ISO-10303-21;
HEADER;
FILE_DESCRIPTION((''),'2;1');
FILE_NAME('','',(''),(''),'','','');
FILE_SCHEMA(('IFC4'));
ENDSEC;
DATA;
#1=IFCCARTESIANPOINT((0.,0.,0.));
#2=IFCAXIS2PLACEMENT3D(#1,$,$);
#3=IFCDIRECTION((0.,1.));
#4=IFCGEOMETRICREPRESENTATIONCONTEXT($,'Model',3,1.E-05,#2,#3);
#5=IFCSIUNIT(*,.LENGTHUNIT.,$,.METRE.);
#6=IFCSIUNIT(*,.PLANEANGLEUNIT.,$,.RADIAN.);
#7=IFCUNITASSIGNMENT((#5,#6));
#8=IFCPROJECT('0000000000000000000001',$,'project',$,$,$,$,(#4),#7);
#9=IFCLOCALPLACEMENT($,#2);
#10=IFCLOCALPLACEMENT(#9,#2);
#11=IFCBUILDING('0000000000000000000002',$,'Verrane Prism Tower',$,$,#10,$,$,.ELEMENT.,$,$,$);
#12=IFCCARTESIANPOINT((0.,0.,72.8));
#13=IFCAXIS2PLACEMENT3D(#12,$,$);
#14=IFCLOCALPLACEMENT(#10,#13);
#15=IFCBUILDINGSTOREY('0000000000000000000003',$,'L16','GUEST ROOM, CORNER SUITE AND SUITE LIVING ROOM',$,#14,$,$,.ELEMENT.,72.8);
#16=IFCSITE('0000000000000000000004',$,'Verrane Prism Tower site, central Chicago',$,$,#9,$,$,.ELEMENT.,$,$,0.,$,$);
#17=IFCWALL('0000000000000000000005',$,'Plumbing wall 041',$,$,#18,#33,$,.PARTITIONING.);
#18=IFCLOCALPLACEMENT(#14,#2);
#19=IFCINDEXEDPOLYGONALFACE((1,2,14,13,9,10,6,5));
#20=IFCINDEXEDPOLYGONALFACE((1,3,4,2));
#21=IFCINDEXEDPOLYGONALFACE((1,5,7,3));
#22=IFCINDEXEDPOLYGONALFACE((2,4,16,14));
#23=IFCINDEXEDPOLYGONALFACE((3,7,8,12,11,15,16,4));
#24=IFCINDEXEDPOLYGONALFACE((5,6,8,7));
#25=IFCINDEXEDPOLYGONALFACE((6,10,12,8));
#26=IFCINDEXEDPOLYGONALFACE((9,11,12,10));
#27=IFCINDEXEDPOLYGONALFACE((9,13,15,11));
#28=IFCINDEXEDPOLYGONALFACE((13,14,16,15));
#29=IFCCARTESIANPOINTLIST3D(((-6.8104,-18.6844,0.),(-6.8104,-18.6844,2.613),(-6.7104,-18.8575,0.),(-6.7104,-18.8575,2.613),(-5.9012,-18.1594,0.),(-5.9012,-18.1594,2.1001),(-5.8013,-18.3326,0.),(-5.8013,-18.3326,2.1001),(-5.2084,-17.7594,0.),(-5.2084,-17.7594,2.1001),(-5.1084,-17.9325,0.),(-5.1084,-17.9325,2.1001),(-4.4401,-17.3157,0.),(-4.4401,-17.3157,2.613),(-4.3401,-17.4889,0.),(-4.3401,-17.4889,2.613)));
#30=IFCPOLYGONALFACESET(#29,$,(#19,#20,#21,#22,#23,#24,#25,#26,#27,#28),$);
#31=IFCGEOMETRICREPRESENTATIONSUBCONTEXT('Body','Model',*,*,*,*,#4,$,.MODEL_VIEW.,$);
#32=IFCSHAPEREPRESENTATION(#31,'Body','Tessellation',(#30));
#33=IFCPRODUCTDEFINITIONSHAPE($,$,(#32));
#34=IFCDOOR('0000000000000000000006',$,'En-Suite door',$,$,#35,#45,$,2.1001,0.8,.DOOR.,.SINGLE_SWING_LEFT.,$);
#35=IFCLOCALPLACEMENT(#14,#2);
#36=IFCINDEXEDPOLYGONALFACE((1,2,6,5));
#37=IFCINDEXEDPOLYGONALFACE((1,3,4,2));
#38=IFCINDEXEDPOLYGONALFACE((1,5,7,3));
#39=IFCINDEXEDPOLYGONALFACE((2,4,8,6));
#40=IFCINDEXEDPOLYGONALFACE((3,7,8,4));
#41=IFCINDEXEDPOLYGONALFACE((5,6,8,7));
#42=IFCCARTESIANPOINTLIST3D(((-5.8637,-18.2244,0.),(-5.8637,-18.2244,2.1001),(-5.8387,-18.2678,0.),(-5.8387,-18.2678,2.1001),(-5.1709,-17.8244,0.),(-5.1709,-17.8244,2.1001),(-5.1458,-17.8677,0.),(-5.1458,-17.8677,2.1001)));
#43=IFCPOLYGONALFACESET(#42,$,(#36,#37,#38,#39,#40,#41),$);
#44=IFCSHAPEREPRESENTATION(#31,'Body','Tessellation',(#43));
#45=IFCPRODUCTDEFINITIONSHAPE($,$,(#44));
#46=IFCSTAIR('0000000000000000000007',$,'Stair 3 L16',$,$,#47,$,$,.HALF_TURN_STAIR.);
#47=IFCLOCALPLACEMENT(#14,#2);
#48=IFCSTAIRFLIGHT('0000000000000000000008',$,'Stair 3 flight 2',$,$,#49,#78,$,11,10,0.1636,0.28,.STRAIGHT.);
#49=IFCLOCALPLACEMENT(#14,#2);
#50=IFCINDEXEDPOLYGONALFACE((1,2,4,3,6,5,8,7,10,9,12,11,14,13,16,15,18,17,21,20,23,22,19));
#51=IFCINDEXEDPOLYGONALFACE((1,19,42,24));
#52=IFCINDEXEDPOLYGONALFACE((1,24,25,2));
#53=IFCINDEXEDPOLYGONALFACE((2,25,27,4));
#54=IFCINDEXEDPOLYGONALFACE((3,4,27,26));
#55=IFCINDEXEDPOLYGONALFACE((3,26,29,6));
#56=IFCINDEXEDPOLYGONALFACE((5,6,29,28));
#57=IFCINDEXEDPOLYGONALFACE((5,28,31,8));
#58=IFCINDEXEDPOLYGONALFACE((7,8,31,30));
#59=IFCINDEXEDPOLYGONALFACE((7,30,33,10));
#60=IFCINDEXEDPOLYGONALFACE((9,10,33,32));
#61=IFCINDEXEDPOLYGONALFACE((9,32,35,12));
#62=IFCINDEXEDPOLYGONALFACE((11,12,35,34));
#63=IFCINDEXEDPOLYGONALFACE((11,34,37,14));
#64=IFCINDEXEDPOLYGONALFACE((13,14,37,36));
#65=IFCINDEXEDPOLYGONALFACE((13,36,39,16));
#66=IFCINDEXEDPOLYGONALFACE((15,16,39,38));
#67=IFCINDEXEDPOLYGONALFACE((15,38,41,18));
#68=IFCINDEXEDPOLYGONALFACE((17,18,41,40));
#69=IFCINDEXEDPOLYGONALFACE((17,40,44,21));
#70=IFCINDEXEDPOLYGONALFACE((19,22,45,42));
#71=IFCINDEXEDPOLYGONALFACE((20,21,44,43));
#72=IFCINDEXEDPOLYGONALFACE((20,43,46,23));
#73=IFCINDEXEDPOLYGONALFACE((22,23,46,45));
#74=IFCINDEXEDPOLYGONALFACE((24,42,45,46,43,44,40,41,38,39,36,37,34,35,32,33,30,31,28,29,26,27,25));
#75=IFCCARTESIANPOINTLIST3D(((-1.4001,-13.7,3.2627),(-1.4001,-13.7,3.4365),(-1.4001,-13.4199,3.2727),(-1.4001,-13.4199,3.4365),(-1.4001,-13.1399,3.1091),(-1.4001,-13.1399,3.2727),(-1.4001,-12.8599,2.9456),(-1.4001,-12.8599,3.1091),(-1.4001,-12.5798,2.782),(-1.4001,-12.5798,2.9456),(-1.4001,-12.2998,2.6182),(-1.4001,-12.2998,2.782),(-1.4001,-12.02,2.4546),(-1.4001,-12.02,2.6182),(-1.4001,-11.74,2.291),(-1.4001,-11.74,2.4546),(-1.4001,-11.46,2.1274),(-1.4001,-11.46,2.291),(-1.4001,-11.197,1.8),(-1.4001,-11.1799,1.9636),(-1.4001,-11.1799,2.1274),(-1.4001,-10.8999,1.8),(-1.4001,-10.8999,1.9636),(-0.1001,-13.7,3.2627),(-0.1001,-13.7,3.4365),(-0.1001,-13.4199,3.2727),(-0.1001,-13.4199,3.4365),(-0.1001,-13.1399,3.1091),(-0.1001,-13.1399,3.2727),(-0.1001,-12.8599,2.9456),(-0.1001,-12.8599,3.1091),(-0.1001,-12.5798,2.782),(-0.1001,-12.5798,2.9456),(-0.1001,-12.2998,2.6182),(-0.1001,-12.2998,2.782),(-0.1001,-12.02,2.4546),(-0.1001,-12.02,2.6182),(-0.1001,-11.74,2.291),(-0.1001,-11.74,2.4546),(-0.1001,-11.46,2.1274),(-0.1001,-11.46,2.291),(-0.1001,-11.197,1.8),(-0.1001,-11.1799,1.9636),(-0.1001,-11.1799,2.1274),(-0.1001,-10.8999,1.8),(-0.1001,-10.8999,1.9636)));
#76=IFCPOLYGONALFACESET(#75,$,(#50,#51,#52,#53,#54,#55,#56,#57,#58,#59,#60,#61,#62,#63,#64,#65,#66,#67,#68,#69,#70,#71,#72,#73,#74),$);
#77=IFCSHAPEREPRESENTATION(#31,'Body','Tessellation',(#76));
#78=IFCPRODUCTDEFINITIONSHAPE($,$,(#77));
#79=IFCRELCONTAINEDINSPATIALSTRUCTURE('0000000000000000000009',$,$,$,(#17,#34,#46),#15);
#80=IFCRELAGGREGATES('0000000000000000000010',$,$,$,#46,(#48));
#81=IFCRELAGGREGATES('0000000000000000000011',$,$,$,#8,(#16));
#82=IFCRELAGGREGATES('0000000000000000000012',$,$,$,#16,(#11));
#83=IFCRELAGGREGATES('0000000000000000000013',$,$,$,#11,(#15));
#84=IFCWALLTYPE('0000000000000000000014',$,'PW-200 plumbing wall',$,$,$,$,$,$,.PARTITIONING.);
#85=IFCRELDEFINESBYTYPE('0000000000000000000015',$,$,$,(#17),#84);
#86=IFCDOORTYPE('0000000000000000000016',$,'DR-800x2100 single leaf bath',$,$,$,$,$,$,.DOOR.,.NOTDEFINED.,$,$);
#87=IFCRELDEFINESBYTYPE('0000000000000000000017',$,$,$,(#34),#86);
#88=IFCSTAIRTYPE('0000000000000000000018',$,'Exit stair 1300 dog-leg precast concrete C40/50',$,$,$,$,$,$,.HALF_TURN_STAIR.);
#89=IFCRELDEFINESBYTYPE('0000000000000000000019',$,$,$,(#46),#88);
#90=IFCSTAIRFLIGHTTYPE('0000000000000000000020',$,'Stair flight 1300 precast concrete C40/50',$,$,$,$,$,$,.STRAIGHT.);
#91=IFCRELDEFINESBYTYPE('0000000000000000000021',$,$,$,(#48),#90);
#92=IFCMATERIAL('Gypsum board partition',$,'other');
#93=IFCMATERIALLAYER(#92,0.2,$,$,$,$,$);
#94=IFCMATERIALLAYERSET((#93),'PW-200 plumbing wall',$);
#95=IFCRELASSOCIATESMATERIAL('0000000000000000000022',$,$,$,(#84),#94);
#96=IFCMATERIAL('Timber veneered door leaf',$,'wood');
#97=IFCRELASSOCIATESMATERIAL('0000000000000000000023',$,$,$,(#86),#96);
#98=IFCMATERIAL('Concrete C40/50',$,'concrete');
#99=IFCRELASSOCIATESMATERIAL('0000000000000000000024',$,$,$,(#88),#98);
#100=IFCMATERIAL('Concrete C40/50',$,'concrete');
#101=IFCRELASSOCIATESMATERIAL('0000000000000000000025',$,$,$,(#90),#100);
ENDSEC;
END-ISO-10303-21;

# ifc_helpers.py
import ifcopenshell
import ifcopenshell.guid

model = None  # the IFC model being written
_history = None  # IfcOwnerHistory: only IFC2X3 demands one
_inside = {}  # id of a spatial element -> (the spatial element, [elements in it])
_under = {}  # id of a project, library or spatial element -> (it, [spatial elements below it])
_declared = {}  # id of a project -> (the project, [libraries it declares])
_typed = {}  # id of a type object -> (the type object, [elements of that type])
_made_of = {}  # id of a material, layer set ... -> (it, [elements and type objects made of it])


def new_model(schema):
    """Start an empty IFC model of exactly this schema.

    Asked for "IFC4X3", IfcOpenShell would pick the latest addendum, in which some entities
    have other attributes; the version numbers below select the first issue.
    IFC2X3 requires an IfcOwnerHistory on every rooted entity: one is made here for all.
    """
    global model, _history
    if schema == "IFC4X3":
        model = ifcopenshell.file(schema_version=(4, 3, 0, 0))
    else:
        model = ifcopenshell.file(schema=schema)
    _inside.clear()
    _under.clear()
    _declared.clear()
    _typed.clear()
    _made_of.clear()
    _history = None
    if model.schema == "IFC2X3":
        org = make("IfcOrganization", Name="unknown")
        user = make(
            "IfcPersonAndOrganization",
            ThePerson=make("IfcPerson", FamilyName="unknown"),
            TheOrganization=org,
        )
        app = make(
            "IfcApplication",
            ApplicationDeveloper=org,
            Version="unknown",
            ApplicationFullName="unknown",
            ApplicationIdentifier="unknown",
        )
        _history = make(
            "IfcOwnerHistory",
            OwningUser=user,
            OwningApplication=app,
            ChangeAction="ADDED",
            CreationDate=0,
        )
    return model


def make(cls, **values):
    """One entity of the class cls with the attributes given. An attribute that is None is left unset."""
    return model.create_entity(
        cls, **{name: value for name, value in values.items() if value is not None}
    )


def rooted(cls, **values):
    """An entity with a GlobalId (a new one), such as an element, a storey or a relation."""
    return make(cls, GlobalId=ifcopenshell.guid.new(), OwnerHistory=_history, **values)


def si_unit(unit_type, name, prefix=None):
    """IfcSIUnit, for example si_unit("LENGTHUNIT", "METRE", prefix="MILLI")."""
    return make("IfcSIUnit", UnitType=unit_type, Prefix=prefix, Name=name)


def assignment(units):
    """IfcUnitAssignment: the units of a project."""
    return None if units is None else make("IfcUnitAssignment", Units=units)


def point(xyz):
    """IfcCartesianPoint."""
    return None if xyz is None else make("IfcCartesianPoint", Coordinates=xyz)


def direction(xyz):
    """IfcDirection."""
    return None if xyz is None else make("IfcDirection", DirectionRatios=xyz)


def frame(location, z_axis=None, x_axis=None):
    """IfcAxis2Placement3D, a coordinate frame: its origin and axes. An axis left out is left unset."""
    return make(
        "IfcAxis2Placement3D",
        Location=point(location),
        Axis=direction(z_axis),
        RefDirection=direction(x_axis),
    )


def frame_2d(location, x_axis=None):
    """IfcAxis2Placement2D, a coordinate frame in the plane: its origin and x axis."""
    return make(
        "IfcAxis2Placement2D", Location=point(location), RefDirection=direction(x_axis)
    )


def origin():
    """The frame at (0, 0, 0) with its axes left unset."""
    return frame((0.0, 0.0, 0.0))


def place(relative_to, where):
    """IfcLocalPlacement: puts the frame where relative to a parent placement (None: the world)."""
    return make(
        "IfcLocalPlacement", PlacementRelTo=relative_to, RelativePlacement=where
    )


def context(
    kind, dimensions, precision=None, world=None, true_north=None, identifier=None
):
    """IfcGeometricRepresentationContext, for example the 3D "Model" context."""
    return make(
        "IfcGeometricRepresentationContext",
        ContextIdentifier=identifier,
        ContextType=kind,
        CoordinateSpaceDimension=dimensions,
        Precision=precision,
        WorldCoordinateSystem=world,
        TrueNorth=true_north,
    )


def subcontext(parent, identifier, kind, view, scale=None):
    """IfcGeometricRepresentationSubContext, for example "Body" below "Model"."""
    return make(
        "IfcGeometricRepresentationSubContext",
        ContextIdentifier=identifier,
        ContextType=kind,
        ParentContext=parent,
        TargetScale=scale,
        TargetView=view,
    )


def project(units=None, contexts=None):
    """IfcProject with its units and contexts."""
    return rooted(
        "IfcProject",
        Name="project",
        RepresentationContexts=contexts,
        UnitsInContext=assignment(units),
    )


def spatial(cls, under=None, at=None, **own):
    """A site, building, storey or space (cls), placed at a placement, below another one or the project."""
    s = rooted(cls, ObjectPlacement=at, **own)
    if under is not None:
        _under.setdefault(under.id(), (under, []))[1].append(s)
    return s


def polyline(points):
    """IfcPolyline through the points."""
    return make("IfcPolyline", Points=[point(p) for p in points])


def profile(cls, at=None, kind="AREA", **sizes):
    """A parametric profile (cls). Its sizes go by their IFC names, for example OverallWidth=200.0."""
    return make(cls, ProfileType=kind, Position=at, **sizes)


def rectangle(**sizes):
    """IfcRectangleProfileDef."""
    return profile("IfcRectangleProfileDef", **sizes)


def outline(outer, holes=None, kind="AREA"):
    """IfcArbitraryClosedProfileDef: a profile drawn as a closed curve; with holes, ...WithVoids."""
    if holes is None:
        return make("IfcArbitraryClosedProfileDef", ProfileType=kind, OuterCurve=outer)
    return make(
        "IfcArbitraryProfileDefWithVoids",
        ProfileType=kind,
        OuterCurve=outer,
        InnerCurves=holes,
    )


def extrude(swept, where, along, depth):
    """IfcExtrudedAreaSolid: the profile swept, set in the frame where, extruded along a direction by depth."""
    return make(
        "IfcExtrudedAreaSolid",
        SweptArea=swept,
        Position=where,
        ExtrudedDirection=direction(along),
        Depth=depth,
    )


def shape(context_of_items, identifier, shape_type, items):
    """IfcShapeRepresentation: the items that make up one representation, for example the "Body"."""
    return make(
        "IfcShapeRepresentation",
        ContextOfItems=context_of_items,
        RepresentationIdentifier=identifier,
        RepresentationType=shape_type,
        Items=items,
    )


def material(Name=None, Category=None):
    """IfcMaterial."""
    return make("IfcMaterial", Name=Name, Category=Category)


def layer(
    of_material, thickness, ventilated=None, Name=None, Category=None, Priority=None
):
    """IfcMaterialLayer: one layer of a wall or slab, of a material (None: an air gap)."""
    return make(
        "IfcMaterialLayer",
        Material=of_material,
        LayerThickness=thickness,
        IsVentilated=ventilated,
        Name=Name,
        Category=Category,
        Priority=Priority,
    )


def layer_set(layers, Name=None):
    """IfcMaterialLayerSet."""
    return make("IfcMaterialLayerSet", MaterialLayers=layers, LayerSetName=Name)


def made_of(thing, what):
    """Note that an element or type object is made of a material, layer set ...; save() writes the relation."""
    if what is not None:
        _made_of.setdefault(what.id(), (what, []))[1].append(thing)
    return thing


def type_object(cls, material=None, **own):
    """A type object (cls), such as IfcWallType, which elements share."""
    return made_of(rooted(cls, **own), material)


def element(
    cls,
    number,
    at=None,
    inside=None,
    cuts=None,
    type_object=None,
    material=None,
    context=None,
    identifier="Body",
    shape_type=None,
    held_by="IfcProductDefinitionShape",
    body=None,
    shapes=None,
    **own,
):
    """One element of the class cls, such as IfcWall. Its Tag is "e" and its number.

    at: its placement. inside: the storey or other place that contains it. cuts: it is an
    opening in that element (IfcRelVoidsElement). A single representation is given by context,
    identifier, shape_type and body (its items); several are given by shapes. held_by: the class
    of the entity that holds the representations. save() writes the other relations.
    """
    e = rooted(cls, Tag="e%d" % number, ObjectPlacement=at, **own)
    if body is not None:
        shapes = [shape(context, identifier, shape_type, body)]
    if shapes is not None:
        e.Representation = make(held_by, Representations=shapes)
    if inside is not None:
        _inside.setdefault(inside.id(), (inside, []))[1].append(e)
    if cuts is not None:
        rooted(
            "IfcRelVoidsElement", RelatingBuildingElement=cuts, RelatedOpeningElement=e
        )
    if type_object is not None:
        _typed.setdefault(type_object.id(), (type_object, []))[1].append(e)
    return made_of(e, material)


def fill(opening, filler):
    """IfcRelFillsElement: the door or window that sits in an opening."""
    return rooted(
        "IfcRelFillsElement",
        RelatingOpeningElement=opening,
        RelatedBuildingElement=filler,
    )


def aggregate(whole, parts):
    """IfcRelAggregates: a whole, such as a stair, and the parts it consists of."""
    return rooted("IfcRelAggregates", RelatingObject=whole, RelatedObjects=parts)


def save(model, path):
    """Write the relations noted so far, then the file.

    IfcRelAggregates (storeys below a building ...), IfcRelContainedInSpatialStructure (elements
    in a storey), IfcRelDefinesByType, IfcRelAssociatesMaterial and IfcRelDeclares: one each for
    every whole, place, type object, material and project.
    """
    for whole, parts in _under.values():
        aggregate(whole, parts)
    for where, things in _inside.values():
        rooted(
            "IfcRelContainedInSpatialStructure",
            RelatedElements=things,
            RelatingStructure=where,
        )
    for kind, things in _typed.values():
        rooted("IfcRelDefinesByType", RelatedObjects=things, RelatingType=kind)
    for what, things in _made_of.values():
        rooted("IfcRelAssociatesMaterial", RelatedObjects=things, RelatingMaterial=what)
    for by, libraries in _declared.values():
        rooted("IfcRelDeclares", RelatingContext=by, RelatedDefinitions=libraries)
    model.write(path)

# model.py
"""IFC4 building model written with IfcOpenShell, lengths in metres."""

from ifc_helpers import new_model, si_unit, direction, frame, frame_2d, origin, place, context, subcontext, project, spatial, polyline, rectangle, outline, extrude, material, layer, layer_set, type_object, element, fill, aggregate, save


model = new_model("IFC4")

# Units and contexts
model_context = context("Model", 3, precision=1e-05, world=origin(), true_north=direction((0.0, 1.0)))
body_context = subcontext(model_context, "Body", "Model", "MODEL_VIEW")
ifc_project = project(units=[si_unit("LENGTHUNIT", "METRE"), si_unit("PLANEANGLEUNIT", "RADIAN")], contexts=[model_context])

# Site, building, storey
site_placement = place(None, origin())
site = spatial("IfcSite", under=ifc_project, at=site_placement, Name="Verrane Prism Tower site, central Chicago", CompositionType="ELEMENT", RefElevation=0.0)
building_placement = place(site_placement, origin())
building = spatial("IfcBuilding", under=site, at=building_placement, Name="Verrane Prism Tower", CompositionType="ELEMENT")
storey_placement = place(building_placement, frame((0.0, 0.0, 72.8)))
storey = spatial("IfcBuildingStorey", under=building, at=storey_placement, Name="L16", Description="GUEST ROOM, CORNER SUITE AND SUITE LIVING ROOM", CompositionType="ELEMENT", Elevation=72.8)

# Shared definitions
ifc_material_1 = material(Name="Gypsum board partition", Category="other")
ifc_layer_1 = layer(ifc_material_1, 0.2)
ifc_layer_set_1 = layer_set([ifc_layer_1], Name="PW-200 plumbing wall")
wall_type_1 = type_object("IfcWallType", Name="PW-200 plumbing wall", PredefinedType="PARTITIONING", material=ifc_layer_set_1)

# Shared definitions
ifc_material_2 = material(Name="Timber veneered door leaf", Category="wood")
door_type_1 = type_object("IfcDoorType", Name="DR-800x2100 single leaf bath", OperationType="NOTDEFINED", PredefinedType="DOOR", material=ifc_material_2)

# Wall, opening, door
wall_1_placement = place(storey_placement, frame((-6.7605, -18.771, 0.0), z_axis=(0.0, 0.0, 1.0), x_axis=(0.866006, 0.500034, 0.0)))
wall_1 = element("IfcWall", 1, at=wall_1_placement, inside=storey, type_object=wall_type_1, Name="Plumbing wall 041", PredefinedType="PARTITIONING", context=body_context, shape_type="SweptSolid", body=[
    extrude(rectangle(XDim=2.7371, YDim=0.2, at=frame_2d((1.3687, 0.0))), origin(), (0.0, 0.0, 1.0), 2.613),
])
opening_1_placement = place(wall_1_placement, frame((1.05, 0.0, 0.0)))
opening_1 = element("IfcOpeningElement", 2, at=opening_1_placement, cuts=wall_1, PredefinedType="OPENING", context=body_context, shape_type="SweptSolid", body=[
    extrude(rectangle(XDim=0.8, YDim=2.1001, at=frame_2d((0.3999, 1.05))), frame((0.0, 0.1099, 0.0), z_axis=(0.0, -1.0, 0.0), x_axis=(1.0, 0.0, 0.0)), (0.0, 0.0, 1.0), 0.22),
])
door_1_placement = place(opening_1_placement, origin())
door_1 = element("IfcDoor", 3, at=door_1_placement, inside=storey, type_object=door_type_1, Name="En-Suite door", OperationType="SINGLE_SWING_LEFT", OverallHeight=2.1001, OverallWidth=0.8, PredefinedType="DOOR", context=body_context, shape_type="SweptSolid", body=[
    extrude(rectangle(XDim=0.8, YDim=2.1001, at=frame_2d((0.3999, 1.05))), frame((0.0, 0.0249, 0.0), z_axis=(0.0, -1.0, 0.0), x_axis=(1.0, 0.0, 0.0)), (0.0, 0.0, 1.0), 0.05),
])
fill(opening_1, door_1)

# Stair, stair flight
ifc_material_3 = material(Name="Concrete C40/50", Category="concrete")
stair_type = type_object("IfcStairType", Name="Exit stair 1300 dog-leg precast concrete C40/50", PredefinedType="HALF_TURN_STAIR", material=ifc_material_3)
stair_placement = place(storey_placement, origin())
stair = element("IfcStair", 4, at=stair_placement, inside=storey, type_object=stair_type, Name="Stair 3 L16", PredefinedType="HALF_TURN_STAIR")
ifc_material_4 = material(Name="Concrete C40/50", Category="concrete")
stair_flight_type = type_object("IfcStairFlightType", Name="Stair flight 1300 precast concrete C40/50", PredefinedType="STRAIGHT", material=ifc_material_4)
stair_flight_placement = place(storey_placement, frame((-0.75, -10.8999, 1.8), z_axis=(0.0, 0.0, 1.0), x_axis=(0.0, -1.0, 0.0)))
stair_flight = element("IfcStairFlight", 5, at=stair_flight_placement, type_object=stair_flight_type, Name="Stair 3 flight 2", NumberOfRisers=11, NumberOfTreads=10, PredefinedType="STRAIGHT", RiserHeight=0.1636, TreadLength=0.28, context=body_context, shape_type="SweptSolid", body=[
    extrude(outline(polyline([(0.0, 0.0), (0.0, 0.1636), (0.28, 0.1636), (0.28, 0.3274), (0.5601, 0.3274), (0.5601, 0.491), (0.8401, 0.491), (0.8401, 0.6545), (1.1201, 0.6545), (1.1201, 0.8181), (1.3999, 0.8181), (1.3999, 0.9819), (1.6799, 0.9819), (1.6799, 1.1455), (1.96, 1.1455), (1.96, 1.3091), (2.24, 1.3091), (2.24, 1.4727), (2.52, 1.4727), (2.52, 1.6365), (2.8, 1.6365), (2.8, 1.8), (2.8, 1.4626), (0.2971, 0.0), (0.0, 0.0)])), frame((0.0, 0.6499, 0.0), z_axis=(0.0, -1.0, 0.0), x_axis=(1.0, 0.0, 0.0)), (0.0, 0.0, 1.0), 1.3),
])
aggregate(stair, [stair_flight])

save(model, "model.ifc")
